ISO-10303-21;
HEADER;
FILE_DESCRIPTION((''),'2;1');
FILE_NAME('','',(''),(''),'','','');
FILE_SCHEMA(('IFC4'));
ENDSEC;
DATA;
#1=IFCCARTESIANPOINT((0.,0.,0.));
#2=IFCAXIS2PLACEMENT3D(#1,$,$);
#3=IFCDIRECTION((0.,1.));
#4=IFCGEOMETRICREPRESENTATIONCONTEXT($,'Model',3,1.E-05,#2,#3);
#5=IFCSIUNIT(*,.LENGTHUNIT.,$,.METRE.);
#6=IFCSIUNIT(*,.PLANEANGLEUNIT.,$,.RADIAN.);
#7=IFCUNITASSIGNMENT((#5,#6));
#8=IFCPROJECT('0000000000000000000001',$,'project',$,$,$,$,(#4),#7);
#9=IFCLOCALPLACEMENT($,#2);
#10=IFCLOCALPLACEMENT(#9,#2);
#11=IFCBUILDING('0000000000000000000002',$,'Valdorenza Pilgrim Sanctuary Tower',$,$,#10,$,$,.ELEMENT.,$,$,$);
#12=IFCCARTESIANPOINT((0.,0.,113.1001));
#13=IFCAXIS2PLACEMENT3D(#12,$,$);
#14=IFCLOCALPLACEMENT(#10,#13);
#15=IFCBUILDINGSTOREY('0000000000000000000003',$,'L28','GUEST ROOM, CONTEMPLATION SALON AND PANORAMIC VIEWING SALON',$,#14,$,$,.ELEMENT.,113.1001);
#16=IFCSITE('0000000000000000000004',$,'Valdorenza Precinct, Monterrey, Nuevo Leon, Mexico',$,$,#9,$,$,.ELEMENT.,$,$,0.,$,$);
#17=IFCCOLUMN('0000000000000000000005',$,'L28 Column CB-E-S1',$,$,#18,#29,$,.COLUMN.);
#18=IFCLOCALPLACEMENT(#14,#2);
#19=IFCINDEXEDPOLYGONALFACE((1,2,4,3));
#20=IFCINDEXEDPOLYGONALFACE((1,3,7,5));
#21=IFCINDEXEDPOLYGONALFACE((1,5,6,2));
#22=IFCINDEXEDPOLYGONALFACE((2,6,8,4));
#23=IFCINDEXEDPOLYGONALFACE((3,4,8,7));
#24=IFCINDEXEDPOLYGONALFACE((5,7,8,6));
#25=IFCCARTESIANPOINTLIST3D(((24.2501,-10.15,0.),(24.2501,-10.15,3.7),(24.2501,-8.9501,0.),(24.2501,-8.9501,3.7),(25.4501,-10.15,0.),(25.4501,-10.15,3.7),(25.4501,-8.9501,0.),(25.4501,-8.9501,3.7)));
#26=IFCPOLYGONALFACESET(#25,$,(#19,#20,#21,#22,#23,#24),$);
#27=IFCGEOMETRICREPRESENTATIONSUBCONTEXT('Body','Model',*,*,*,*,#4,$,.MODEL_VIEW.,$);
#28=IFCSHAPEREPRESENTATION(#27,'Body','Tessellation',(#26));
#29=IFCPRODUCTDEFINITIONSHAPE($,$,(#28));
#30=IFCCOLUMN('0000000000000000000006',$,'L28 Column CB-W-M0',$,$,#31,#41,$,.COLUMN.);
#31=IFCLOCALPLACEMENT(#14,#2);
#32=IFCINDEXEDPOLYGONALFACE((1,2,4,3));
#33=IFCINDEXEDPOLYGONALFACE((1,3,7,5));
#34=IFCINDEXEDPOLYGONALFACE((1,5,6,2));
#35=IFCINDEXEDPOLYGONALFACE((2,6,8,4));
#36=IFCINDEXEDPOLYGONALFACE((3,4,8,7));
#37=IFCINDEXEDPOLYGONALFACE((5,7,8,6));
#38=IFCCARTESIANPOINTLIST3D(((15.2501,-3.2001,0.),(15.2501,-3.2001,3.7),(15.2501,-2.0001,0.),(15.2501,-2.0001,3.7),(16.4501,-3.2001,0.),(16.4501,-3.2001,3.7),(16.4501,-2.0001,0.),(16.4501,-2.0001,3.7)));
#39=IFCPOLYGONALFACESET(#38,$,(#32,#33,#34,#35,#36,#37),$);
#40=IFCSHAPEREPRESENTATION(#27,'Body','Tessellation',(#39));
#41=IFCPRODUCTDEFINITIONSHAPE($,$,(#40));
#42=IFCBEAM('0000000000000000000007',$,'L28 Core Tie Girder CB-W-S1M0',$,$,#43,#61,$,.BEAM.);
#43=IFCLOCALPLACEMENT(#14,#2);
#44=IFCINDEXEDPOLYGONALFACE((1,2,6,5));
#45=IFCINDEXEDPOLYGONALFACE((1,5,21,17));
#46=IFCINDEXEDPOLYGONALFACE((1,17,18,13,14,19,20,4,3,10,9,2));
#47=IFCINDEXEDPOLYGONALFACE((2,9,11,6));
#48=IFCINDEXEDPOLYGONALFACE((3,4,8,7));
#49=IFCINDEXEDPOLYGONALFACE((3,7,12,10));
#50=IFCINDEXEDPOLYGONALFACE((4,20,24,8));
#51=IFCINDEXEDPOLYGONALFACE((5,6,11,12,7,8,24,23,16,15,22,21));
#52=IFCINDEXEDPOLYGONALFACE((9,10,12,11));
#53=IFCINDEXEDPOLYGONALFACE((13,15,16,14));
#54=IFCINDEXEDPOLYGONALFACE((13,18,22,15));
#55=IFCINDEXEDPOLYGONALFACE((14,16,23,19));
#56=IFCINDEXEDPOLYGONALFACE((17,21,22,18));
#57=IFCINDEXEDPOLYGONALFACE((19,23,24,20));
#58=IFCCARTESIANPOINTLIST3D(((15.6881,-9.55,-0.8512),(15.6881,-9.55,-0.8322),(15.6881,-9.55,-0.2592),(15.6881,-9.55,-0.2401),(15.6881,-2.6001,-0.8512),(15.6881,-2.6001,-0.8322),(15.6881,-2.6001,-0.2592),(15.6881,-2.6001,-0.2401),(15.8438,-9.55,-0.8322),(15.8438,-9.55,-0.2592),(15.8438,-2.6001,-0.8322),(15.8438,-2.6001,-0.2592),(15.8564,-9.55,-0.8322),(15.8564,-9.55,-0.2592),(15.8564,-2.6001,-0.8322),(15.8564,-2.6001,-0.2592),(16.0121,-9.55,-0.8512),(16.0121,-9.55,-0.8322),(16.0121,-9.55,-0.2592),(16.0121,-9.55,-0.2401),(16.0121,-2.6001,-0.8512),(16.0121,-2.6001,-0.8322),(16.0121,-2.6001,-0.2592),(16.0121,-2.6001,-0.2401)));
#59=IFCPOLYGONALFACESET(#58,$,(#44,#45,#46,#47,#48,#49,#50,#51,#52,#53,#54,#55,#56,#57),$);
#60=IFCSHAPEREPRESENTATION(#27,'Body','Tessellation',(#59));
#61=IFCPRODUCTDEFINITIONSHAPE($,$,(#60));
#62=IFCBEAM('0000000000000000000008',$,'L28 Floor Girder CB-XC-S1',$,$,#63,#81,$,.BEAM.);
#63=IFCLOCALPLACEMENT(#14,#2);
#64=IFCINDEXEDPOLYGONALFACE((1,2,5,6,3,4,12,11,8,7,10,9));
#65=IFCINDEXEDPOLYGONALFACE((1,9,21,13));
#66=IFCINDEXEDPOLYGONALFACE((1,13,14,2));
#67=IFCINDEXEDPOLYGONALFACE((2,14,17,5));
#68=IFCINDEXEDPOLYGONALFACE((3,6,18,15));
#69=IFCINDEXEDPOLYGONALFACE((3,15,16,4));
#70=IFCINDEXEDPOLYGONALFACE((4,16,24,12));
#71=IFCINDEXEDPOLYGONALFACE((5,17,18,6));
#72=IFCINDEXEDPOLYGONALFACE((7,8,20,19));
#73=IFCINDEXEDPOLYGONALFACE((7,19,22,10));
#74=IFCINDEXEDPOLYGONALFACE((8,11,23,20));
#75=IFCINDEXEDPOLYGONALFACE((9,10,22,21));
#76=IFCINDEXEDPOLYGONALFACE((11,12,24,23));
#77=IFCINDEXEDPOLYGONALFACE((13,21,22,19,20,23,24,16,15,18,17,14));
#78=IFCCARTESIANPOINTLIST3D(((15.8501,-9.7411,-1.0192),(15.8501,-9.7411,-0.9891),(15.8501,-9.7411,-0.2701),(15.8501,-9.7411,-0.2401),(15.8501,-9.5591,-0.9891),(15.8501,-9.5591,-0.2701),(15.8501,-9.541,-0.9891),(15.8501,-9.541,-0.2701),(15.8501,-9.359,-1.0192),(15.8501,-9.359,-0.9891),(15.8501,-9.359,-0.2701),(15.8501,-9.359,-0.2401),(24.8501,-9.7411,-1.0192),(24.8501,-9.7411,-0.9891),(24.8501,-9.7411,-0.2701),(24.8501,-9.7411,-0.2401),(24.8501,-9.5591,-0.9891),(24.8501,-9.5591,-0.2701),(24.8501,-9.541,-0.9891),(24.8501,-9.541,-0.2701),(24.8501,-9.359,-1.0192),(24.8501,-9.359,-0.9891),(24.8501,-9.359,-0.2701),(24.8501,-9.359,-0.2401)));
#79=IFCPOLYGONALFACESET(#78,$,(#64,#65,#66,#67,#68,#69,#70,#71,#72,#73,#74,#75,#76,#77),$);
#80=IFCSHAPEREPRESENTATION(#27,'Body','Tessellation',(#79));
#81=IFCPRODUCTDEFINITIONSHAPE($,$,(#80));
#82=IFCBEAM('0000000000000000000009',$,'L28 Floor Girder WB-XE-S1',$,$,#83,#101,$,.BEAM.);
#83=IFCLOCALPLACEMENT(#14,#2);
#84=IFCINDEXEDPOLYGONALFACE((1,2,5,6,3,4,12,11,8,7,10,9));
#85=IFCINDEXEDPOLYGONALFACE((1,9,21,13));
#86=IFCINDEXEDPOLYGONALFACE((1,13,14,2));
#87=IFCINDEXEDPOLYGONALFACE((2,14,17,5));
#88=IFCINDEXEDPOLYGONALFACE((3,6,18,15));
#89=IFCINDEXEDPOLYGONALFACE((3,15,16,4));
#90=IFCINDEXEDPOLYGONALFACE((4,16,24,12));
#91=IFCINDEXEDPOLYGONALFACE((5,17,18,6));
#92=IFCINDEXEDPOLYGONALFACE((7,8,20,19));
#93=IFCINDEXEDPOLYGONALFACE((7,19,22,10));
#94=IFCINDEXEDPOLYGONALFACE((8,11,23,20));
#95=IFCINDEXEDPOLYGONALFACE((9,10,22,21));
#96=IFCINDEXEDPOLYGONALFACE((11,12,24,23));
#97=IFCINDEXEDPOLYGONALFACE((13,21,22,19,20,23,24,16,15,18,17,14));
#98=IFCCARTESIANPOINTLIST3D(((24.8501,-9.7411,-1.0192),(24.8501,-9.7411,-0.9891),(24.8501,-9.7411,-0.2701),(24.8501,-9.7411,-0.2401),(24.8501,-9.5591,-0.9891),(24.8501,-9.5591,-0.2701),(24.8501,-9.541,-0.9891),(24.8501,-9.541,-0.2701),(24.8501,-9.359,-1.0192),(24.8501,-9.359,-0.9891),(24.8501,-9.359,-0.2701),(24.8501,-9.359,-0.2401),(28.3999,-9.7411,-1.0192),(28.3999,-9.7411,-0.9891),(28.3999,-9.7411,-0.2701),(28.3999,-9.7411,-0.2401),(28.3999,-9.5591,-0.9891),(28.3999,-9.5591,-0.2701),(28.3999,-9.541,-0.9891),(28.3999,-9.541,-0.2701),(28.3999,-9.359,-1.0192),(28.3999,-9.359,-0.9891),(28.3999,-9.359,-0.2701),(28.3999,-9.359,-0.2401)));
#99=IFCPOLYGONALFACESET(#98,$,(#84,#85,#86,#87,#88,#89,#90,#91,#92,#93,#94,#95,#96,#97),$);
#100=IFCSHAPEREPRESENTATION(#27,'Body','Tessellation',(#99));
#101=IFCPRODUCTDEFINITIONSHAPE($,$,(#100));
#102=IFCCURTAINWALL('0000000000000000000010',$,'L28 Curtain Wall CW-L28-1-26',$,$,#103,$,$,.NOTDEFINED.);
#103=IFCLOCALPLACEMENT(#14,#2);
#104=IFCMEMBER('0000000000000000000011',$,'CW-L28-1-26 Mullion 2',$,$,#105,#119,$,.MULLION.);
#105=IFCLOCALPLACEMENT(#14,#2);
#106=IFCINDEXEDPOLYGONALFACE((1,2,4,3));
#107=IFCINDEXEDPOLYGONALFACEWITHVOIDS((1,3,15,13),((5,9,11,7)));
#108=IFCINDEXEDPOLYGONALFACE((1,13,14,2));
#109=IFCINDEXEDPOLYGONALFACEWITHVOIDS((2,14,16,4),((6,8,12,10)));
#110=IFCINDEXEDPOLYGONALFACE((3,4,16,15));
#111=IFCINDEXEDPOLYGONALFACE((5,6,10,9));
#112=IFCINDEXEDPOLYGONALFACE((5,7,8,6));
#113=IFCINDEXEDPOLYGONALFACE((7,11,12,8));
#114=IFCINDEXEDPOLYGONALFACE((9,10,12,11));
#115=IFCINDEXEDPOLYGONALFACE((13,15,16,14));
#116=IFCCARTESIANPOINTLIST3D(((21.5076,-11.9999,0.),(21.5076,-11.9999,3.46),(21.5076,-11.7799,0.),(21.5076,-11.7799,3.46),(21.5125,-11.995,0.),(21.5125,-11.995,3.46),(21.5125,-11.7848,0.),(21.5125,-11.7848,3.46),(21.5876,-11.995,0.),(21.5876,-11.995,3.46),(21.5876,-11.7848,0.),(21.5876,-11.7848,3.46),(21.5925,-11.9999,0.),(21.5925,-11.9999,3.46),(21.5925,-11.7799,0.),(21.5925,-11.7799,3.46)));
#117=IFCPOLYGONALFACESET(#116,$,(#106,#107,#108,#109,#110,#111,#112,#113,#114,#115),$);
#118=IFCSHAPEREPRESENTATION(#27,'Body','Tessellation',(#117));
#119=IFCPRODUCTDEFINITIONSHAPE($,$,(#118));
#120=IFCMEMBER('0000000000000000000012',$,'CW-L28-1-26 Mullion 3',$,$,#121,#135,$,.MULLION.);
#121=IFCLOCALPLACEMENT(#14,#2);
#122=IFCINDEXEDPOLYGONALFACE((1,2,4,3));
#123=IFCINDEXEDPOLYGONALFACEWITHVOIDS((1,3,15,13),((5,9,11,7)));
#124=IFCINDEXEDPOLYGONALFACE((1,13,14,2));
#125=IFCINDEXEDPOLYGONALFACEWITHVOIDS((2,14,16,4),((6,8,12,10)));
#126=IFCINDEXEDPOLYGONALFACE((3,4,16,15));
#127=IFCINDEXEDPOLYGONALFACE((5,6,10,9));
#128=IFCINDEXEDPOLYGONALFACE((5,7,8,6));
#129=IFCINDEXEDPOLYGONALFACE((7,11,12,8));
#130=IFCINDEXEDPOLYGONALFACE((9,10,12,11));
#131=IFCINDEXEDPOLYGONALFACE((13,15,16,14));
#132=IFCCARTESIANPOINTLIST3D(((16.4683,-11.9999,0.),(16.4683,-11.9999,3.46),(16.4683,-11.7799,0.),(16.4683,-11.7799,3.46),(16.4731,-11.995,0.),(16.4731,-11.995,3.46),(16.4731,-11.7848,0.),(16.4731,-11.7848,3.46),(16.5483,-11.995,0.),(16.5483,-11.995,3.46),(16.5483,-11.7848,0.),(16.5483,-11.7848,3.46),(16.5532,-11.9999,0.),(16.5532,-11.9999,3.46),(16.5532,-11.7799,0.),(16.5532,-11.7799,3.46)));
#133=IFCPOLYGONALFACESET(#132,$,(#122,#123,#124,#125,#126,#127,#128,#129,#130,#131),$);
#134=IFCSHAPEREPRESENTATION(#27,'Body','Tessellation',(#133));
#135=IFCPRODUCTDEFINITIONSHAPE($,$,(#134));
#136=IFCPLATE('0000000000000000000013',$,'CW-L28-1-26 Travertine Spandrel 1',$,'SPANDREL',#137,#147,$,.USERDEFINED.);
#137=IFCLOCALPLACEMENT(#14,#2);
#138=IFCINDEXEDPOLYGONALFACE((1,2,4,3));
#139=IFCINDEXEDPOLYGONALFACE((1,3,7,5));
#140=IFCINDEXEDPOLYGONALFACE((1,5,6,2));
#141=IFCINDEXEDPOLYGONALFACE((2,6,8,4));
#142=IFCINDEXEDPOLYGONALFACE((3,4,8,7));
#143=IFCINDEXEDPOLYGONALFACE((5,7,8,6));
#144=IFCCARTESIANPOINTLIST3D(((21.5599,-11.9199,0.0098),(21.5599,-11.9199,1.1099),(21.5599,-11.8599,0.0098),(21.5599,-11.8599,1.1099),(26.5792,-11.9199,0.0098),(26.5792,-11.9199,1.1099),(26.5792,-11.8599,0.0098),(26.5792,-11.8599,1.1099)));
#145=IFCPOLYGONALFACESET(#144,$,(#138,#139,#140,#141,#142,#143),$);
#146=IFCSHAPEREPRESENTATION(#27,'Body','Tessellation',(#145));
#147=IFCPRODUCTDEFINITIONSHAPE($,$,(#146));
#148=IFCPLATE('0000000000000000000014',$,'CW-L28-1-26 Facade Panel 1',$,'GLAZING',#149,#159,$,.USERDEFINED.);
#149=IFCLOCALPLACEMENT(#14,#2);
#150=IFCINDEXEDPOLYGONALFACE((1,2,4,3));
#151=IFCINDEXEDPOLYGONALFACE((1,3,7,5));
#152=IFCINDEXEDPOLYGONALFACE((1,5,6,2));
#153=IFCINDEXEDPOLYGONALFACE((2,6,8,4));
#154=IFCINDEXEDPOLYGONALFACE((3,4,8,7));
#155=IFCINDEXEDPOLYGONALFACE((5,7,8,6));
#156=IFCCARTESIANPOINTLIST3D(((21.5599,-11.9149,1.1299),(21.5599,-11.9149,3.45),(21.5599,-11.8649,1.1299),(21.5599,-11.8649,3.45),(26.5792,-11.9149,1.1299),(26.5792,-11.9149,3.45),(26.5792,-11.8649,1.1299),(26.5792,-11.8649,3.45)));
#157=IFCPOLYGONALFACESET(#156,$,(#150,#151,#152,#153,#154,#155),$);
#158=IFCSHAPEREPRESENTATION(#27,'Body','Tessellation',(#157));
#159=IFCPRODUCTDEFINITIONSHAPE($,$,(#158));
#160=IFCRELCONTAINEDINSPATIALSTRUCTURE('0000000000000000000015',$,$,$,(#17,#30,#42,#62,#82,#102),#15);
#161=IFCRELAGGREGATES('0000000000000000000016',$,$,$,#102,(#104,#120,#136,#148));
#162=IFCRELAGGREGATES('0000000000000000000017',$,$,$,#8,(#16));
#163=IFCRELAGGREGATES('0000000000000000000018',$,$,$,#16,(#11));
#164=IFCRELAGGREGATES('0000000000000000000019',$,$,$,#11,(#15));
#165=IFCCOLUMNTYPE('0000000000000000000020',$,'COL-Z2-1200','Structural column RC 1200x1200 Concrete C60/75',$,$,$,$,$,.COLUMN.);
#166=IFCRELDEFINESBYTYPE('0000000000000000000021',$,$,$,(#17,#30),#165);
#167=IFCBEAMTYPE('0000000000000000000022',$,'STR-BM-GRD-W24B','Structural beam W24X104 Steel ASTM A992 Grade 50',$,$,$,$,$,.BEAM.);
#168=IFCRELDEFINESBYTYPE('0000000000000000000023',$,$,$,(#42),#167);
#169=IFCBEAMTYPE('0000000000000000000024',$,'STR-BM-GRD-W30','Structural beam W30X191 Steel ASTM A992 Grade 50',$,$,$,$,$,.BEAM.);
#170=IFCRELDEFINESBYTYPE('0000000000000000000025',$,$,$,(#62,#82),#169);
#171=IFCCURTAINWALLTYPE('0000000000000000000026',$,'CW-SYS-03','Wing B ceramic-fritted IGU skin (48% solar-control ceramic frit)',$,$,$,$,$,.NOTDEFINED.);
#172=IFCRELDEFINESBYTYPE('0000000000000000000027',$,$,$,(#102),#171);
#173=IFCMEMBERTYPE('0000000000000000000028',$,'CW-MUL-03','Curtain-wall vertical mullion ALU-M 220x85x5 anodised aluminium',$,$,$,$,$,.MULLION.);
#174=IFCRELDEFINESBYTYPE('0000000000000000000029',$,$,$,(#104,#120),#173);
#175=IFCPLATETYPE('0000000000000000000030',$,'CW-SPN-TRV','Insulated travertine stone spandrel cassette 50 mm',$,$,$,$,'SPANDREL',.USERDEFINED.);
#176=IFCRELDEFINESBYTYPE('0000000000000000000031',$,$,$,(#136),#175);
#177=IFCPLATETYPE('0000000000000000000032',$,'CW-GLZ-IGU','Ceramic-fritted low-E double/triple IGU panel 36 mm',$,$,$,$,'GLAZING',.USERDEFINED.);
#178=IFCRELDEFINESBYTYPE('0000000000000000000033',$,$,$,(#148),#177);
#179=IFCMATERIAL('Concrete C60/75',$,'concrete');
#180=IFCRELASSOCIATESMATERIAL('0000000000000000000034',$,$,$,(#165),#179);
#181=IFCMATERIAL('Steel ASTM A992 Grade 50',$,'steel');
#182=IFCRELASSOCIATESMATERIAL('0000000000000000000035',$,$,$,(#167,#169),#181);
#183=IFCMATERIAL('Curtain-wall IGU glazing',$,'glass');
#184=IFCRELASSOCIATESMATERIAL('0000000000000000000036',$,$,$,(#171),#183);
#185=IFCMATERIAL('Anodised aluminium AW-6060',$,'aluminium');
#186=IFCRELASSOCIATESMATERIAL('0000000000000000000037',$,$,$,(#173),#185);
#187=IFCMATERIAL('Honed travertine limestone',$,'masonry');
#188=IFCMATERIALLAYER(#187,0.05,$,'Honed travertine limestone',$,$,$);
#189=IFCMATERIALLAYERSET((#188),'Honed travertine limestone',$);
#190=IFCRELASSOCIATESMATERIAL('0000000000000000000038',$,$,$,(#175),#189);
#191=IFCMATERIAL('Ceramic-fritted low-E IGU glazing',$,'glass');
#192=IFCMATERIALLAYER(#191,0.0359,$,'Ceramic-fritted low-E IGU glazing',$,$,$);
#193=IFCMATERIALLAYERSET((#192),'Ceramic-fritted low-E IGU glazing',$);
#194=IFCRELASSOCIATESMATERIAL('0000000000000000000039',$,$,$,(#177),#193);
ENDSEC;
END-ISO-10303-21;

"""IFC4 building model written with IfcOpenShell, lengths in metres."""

from ifc_helpers import new_model, si_unit, direction, frame, origin, origin_2d, place, context, subcontext, project, spatial, rectangle, hollow_rectangle, i_section, extrude, source, transform, mapped, material, layer, layer_set, material_profile, profile_set, type_object, element, aggregate, save


model = new_model("IFC4")

# Units and contexts
model_context = context("Model", 3, precision=1e-05, world=origin(), true_north=direction((0.0, 1.0)))
body_context = subcontext(model_context, "Body", "Model", "MODEL_VIEW")
ifc_project = project(units=[si_unit("LENGTHUNIT", "METRE"), si_unit("PLANEANGLEUNIT", "RADIAN")], contexts=[model_context])

# Site, building, storey
site_placement = place(None, origin())
site = spatial("IfcSite", under=ifc_project, at=site_placement, Name="Valdorenza Precinct, Monterrey, Nuevo Leon, Mexico", CompositionType="ELEMENT", RefElevation=0.0)
building_placement = place(site_placement, origin())
building = spatial("IfcBuilding", under=site, at=building_placement, Name="Valdorenza Pilgrim Sanctuary Tower", CompositionType="ELEMENT")
storey_placement = place(building_placement, frame((0.0, 0.0, 113.1001)))
storey = spatial("IfcBuildingStorey", under=building, at=storey_placement, Name="L28", Description="GUEST ROOM, CONTEMPLATION SALON AND PANORAMIC VIEWING SALON", CompositionType="ELEMENT", Elevation=113.1001)

# Columns
ifc_material_1 = material(Name="Concrete C60/75", Category="concrete")
ifc_material_profile_1 = material_profile(ifc_material_1, rectangle(XDim=1.2, YDim=1.2, at=origin_2d()), Name="RC 1200x1200")
ifc_profile_set_1 = profile_set([ifc_material_profile_1], Name="Concrete C60/75")
column_type = type_object("IfcColumnType", Name="COL-Z2-1200", Description="Structural column RC 1200x1200 Concrete C60/75", PredefinedType="COLUMN", material=ifc_profile_set_1)
shared_shape_1 = source(origin(), body_context, "Body", "SweptSolid", [
    extrude(rectangle(XDim=1.2, YDim=1.2, at=origin_2d()), origin(), (0.0, 0.0, 1.0), 3.7),
])
for number, where, z_axis, x_axis, name in (
    (1, (24.8501, -9.55, 0.0), (0.0, 0.0, 1.0), (1.0, 0.0, 0.0), "L28 Column CB-E-S1"),
    (2, (15.8501, -2.6001, 0.0), (0.0, 0.0, 1.0), (1.0, 0.0, 0.0), "L28 Column CB-W-M0"),
):
    element("IfcColumn", number, at=place(storey_placement, frame(where, z_axis=z_axis, x_axis=x_axis)), inside=storey, type_object=column_type, Name=name, PredefinedType="COLUMN", context=body_context, shape_type="MappedRepresentation", body=[
        mapped(shared_shape_1, transform((0.0, 0.0, 0.0), x_axis=(1.0, 0.0, 0.0), y_axis=(0.0, 1.0, 0.0), z_axis=(0.0, 0.0, 1.0), scale=1.0)),
    ])

# Beams
ifc_material_2 = material(Name="Steel ASTM A992 Grade 50", Category="steel")
ifc_material_profile_2 = material_profile(ifc_material_2, i_section(OverallWidth=0.324, OverallDepth=0.6111, WebThickness=0.0127, FlangeThickness=0.019, at=origin_2d()), Name="W24X104")
ifc_profile_set_2 = profile_set([ifc_material_profile_2], Name="Steel ASTM A992 Grade 50")
beam_type_1 = type_object("IfcBeamType", Name="STR-BM-GRD-W24B", Description="Structural beam W24X104 Steel ASTM A992 Grade 50", PredefinedType="BEAM", material=ifc_profile_set_2)
shared_shape_2 = source(origin(), body_context, "Body", "SweptSolid", [
    extrude(i_section(OverallWidth=0.324, OverallDepth=0.6111, WebThickness=0.0127, FlangeThickness=0.019, at=origin_2d()), origin(), (0.0, 0.0, 1.0), 6.95),
])
beam_1_placement = place(storey_placement, frame((15.8501, -9.55, -0.5457), z_axis=(0.0, 1.0, 0.0), x_axis=(-1.0, 0.0, 0.0)))
element("IfcBeam", 3, at=beam_1_placement, inside=storey, type_object=beam_type_1, Name="L28 Core Tie Girder CB-W-S1M0", PredefinedType="BEAM", context=body_context, shape_type="MappedRepresentation", body=[
    mapped(shared_shape_2, transform((0.0, 0.0, 0.0), x_axis=(1.0, 0.0, 0.0), y_axis=(0.0, 1.0, 0.0), z_axis=(0.0, 0.0, 1.0), scale=1.0)),
])
ifc_material_profile_3 = material_profile(ifc_material_2, i_section(OverallWidth=0.3821, OverallDepth=0.7791, WebThickness=0.0181, FlangeThickness=0.03, at=origin_2d()), Name="W30X191")
ifc_profile_set_3 = profile_set([ifc_material_profile_3], Name="Steel ASTM A992 Grade 50")
beam_type_2 = type_object("IfcBeamType", Name="STR-BM-GRD-W30", Description="Structural beam W30X191 Steel ASTM A992 Grade 50", PredefinedType="BEAM", material=ifc_profile_set_3)
shared_shape_3 = source(origin(), body_context, "Body", "SweptSolid", [
    extrude(i_section(OverallWidth=0.3821, OverallDepth=0.7791, WebThickness=0.0181, FlangeThickness=0.03, at=origin_2d()), origin(), (0.0, 0.0, 1.0), 9.0),
])
beam_2_placement = place(storey_placement, frame((15.8501, -9.55, -0.6296), z_axis=(1.0, 0.0, 0.0), x_axis=(0.0, 1.0, 0.0)))
element("IfcBeam", 4, at=beam_2_placement, inside=storey, type_object=beam_type_2, Name="L28 Floor Girder CB-XC-S1", PredefinedType="BEAM", context=body_context, shape_type="MappedRepresentation", body=[
    mapped(shared_shape_3, transform((0.0, 0.0, 0.0), x_axis=(1.0, 0.0, 0.0), y_axis=(0.0, 1.0, 0.0), z_axis=(0.0, 0.0, 1.0), scale=1.0)),
])
shared_shape_4 = source(origin(), body_context, "Body", "SweptSolid", [
    extrude(i_section(OverallWidth=0.3821, OverallDepth=0.7791, WebThickness=0.0181, FlangeThickness=0.03, at=origin_2d()), origin(), (0.0, 0.0, 1.0), 3.5498),
])
beam_3_placement = place(storey_placement, frame((24.8501, -9.55, -0.6296), z_axis=(1.0, 0.0, 0.0), x_axis=(0.0, 1.0, 0.0)))
element("IfcBeam", 5, at=beam_3_placement, inside=storey, type_object=beam_type_2, Name="L28 Floor Girder WB-XE-S1", PredefinedType="BEAM", context=body_context, shape_type="MappedRepresentation", body=[
    mapped(shared_shape_4, transform((0.0, 0.0, 0.0), x_axis=(1.0, 0.0, 0.0), y_axis=(0.0, 1.0, 0.0), z_axis=(0.0, 0.0, 1.0), scale=1.0)),
])

# Curtain wall, members, plates
ifc_material_3 = material(Name="Curtain-wall IGU glazing", Category="glass")
curtain_wall_type = type_object("IfcCurtainWallType", Name="CW-SYS-03", Description="Wing B ceramic-fritted IGU skin (48% solar-control ceramic frit)", PredefinedType="NOTDEFINED", material=ifc_material_3)
curtain_wall_placement = place(storey_placement, origin())
curtain_wall = element("IfcCurtainWall", 6, at=curtain_wall_placement, inside=storey, type_object=curtain_wall_type, Name="L28 Curtain Wall CW-L28-1-26", PredefinedType="NOTDEFINED")
ifc_material_4 = material(Name="Anodised aluminium AW-6060", Category="aluminium")
ifc_material_profile_4 = material_profile(ifc_material_4, hollow_rectangle(XDim=0.085, YDim=0.22, WallThickness=0.0049, at=origin_2d()), Name="ALU-M 220x85x5")
ifc_profile_set_4 = profile_set([ifc_material_profile_4], Name="Anodised aluminium AW-6060")
member_type = type_object("IfcMemberType", Name="CW-MUL-03", Description="Curtain-wall vertical mullion ALU-M 220x85x5 anodised aluminium", PredefinedType="MULLION", material=ifc_profile_set_4)
shared_shape_5 = source(origin(), body_context, "Body", "SweptSolid", [
    extrude(hollow_rectangle(XDim=0.085, YDim=0.22, WallThickness=0.0049, at=origin_2d()), origin(), (0.0, 0.0, 1.0), 3.46),
])
member_1_placement = place(storey_placement, frame((21.55, -11.8899, 0.0), z_axis=(0.0, 0.0, 1.0), x_axis=(-1.0, 0.0, 0.0)))
member_1 = element("IfcMember", 7, at=member_1_placement, type_object=member_type, Name="CW-L28-1-26 Mullion 2", PredefinedType="MULLION", context=body_context, shape_type="MappedRepresentation", body=[
    mapped(shared_shape_5, transform((0.0, 0.0, 0.0), x_axis=(1.0, 0.0, 0.0), y_axis=(0.0, 1.0, 0.0), z_axis=(0.0, 0.0, 1.0), scale=1.0)),
])
member_2_placement = place(storey_placement, frame((16.5107, -11.8899, 0.0), z_axis=(0.0, 0.0, 1.0), x_axis=(-1.0, 0.0, 0.0)))
member_2 = element("IfcMember", 8, at=member_2_placement, type_object=member_type, Name="CW-L28-1-26 Mullion 3", PredefinedType="MULLION", context=body_context, shape_type="MappedRepresentation", body=[
    mapped(shared_shape_5, transform((0.0, 0.0, 0.0), x_axis=(1.0, 0.0, 0.0), y_axis=(0.0, 1.0, 0.0), z_axis=(0.0, 0.0, 1.0), scale=1.0)),
])
ifc_material_5 = material(Name="Honed travertine limestone", Category="masonry")
ifc_layer_1 = layer(ifc_material_5, 0.05, Name="Honed travertine limestone")
ifc_layer_set_1 = layer_set([ifc_layer_1], Name="Honed travertine limestone")
plate_type_1 = type_object("IfcPlateType", Name="CW-SPN-TRV", Description="Insulated travertine stone spandrel cassette 50 mm", ElementType="SPANDREL", PredefinedType="USERDEFINED", material=ifc_layer_set_1)
shared_shape_6 = source(origin(), body_context, "Body", "SweptSolid", [
    extrude(rectangle(XDim=5.0193, YDim=0.0601, at=origin_2d()), origin(), (0.0, 0.0, 1.0), 1.1001),
])
plate_1_placement = place(storey_placement, frame((24.0696, -11.8899, 0.0098), z_axis=(0.0, 0.0, 1.0), x_axis=(-1.0, 0.0, 0.0)))
plate_1 = element("IfcPlate", 9, at=plate_1_placement, type_object=plate_type_1, Name="CW-L28-1-26 Travertine Spandrel 1", ObjectType="SPANDREL", PredefinedType="USERDEFINED", context=body_context, shape_type="MappedRepresentation", body=[
    mapped(shared_shape_6, transform((0.0, 0.0, 0.0), x_axis=(1.0, 0.0, 0.0), y_axis=(0.0, 1.0, 0.0), z_axis=(0.0, 0.0, 1.0), scale=1.0)),
])
ifc_material_6 = material(Name="Ceramic-fritted low-E IGU glazing", Category="glass")
ifc_layer_2 = layer(ifc_material_6, 0.0359, Name="Ceramic-fritted low-E IGU glazing")
ifc_layer_set_2 = layer_set([ifc_layer_2], Name="Ceramic-fritted low-E IGU glazing")
plate_type_2 = type_object("IfcPlateType", Name="CW-GLZ-IGU", Description="Ceramic-fritted low-E double/triple IGU panel 36 mm", ElementType="GLAZING", PredefinedType="USERDEFINED", material=ifc_layer_set_2)
shared_shape_7 = source(origin(), body_context, "Body", "SweptSolid", [
    extrude(rectangle(XDim=5.0193, YDim=0.05, at=origin_2d()), origin(), (0.0, 0.0, 1.0), 2.3201),
])
plate_2_placement = place(storey_placement, frame((24.0696, -11.8899, 1.1299), z_axis=(0.0, 0.0, 1.0), x_axis=(-1.0, 0.0, 0.0)))
plate_2 = element("IfcPlate", 10, at=plate_2_placement, type_object=plate_type_2, Name="CW-L28-1-26 Facade Panel 1", ObjectType="GLAZING", PredefinedType="USERDEFINED", context=body_context, shape_type="MappedRepresentation", body=[
    mapped(shared_shape_7, transform((0.0, 0.0, 0.0), x_axis=(1.0, 0.0, 0.0), y_axis=(0.0, 1.0, 0.0), z_axis=(0.0, 0.0, 1.0), scale=1.0)),
])
aggregate(curtain_wall, [member_1, member_2, plate_1, plate_2])

save(model, "model.ifc")
